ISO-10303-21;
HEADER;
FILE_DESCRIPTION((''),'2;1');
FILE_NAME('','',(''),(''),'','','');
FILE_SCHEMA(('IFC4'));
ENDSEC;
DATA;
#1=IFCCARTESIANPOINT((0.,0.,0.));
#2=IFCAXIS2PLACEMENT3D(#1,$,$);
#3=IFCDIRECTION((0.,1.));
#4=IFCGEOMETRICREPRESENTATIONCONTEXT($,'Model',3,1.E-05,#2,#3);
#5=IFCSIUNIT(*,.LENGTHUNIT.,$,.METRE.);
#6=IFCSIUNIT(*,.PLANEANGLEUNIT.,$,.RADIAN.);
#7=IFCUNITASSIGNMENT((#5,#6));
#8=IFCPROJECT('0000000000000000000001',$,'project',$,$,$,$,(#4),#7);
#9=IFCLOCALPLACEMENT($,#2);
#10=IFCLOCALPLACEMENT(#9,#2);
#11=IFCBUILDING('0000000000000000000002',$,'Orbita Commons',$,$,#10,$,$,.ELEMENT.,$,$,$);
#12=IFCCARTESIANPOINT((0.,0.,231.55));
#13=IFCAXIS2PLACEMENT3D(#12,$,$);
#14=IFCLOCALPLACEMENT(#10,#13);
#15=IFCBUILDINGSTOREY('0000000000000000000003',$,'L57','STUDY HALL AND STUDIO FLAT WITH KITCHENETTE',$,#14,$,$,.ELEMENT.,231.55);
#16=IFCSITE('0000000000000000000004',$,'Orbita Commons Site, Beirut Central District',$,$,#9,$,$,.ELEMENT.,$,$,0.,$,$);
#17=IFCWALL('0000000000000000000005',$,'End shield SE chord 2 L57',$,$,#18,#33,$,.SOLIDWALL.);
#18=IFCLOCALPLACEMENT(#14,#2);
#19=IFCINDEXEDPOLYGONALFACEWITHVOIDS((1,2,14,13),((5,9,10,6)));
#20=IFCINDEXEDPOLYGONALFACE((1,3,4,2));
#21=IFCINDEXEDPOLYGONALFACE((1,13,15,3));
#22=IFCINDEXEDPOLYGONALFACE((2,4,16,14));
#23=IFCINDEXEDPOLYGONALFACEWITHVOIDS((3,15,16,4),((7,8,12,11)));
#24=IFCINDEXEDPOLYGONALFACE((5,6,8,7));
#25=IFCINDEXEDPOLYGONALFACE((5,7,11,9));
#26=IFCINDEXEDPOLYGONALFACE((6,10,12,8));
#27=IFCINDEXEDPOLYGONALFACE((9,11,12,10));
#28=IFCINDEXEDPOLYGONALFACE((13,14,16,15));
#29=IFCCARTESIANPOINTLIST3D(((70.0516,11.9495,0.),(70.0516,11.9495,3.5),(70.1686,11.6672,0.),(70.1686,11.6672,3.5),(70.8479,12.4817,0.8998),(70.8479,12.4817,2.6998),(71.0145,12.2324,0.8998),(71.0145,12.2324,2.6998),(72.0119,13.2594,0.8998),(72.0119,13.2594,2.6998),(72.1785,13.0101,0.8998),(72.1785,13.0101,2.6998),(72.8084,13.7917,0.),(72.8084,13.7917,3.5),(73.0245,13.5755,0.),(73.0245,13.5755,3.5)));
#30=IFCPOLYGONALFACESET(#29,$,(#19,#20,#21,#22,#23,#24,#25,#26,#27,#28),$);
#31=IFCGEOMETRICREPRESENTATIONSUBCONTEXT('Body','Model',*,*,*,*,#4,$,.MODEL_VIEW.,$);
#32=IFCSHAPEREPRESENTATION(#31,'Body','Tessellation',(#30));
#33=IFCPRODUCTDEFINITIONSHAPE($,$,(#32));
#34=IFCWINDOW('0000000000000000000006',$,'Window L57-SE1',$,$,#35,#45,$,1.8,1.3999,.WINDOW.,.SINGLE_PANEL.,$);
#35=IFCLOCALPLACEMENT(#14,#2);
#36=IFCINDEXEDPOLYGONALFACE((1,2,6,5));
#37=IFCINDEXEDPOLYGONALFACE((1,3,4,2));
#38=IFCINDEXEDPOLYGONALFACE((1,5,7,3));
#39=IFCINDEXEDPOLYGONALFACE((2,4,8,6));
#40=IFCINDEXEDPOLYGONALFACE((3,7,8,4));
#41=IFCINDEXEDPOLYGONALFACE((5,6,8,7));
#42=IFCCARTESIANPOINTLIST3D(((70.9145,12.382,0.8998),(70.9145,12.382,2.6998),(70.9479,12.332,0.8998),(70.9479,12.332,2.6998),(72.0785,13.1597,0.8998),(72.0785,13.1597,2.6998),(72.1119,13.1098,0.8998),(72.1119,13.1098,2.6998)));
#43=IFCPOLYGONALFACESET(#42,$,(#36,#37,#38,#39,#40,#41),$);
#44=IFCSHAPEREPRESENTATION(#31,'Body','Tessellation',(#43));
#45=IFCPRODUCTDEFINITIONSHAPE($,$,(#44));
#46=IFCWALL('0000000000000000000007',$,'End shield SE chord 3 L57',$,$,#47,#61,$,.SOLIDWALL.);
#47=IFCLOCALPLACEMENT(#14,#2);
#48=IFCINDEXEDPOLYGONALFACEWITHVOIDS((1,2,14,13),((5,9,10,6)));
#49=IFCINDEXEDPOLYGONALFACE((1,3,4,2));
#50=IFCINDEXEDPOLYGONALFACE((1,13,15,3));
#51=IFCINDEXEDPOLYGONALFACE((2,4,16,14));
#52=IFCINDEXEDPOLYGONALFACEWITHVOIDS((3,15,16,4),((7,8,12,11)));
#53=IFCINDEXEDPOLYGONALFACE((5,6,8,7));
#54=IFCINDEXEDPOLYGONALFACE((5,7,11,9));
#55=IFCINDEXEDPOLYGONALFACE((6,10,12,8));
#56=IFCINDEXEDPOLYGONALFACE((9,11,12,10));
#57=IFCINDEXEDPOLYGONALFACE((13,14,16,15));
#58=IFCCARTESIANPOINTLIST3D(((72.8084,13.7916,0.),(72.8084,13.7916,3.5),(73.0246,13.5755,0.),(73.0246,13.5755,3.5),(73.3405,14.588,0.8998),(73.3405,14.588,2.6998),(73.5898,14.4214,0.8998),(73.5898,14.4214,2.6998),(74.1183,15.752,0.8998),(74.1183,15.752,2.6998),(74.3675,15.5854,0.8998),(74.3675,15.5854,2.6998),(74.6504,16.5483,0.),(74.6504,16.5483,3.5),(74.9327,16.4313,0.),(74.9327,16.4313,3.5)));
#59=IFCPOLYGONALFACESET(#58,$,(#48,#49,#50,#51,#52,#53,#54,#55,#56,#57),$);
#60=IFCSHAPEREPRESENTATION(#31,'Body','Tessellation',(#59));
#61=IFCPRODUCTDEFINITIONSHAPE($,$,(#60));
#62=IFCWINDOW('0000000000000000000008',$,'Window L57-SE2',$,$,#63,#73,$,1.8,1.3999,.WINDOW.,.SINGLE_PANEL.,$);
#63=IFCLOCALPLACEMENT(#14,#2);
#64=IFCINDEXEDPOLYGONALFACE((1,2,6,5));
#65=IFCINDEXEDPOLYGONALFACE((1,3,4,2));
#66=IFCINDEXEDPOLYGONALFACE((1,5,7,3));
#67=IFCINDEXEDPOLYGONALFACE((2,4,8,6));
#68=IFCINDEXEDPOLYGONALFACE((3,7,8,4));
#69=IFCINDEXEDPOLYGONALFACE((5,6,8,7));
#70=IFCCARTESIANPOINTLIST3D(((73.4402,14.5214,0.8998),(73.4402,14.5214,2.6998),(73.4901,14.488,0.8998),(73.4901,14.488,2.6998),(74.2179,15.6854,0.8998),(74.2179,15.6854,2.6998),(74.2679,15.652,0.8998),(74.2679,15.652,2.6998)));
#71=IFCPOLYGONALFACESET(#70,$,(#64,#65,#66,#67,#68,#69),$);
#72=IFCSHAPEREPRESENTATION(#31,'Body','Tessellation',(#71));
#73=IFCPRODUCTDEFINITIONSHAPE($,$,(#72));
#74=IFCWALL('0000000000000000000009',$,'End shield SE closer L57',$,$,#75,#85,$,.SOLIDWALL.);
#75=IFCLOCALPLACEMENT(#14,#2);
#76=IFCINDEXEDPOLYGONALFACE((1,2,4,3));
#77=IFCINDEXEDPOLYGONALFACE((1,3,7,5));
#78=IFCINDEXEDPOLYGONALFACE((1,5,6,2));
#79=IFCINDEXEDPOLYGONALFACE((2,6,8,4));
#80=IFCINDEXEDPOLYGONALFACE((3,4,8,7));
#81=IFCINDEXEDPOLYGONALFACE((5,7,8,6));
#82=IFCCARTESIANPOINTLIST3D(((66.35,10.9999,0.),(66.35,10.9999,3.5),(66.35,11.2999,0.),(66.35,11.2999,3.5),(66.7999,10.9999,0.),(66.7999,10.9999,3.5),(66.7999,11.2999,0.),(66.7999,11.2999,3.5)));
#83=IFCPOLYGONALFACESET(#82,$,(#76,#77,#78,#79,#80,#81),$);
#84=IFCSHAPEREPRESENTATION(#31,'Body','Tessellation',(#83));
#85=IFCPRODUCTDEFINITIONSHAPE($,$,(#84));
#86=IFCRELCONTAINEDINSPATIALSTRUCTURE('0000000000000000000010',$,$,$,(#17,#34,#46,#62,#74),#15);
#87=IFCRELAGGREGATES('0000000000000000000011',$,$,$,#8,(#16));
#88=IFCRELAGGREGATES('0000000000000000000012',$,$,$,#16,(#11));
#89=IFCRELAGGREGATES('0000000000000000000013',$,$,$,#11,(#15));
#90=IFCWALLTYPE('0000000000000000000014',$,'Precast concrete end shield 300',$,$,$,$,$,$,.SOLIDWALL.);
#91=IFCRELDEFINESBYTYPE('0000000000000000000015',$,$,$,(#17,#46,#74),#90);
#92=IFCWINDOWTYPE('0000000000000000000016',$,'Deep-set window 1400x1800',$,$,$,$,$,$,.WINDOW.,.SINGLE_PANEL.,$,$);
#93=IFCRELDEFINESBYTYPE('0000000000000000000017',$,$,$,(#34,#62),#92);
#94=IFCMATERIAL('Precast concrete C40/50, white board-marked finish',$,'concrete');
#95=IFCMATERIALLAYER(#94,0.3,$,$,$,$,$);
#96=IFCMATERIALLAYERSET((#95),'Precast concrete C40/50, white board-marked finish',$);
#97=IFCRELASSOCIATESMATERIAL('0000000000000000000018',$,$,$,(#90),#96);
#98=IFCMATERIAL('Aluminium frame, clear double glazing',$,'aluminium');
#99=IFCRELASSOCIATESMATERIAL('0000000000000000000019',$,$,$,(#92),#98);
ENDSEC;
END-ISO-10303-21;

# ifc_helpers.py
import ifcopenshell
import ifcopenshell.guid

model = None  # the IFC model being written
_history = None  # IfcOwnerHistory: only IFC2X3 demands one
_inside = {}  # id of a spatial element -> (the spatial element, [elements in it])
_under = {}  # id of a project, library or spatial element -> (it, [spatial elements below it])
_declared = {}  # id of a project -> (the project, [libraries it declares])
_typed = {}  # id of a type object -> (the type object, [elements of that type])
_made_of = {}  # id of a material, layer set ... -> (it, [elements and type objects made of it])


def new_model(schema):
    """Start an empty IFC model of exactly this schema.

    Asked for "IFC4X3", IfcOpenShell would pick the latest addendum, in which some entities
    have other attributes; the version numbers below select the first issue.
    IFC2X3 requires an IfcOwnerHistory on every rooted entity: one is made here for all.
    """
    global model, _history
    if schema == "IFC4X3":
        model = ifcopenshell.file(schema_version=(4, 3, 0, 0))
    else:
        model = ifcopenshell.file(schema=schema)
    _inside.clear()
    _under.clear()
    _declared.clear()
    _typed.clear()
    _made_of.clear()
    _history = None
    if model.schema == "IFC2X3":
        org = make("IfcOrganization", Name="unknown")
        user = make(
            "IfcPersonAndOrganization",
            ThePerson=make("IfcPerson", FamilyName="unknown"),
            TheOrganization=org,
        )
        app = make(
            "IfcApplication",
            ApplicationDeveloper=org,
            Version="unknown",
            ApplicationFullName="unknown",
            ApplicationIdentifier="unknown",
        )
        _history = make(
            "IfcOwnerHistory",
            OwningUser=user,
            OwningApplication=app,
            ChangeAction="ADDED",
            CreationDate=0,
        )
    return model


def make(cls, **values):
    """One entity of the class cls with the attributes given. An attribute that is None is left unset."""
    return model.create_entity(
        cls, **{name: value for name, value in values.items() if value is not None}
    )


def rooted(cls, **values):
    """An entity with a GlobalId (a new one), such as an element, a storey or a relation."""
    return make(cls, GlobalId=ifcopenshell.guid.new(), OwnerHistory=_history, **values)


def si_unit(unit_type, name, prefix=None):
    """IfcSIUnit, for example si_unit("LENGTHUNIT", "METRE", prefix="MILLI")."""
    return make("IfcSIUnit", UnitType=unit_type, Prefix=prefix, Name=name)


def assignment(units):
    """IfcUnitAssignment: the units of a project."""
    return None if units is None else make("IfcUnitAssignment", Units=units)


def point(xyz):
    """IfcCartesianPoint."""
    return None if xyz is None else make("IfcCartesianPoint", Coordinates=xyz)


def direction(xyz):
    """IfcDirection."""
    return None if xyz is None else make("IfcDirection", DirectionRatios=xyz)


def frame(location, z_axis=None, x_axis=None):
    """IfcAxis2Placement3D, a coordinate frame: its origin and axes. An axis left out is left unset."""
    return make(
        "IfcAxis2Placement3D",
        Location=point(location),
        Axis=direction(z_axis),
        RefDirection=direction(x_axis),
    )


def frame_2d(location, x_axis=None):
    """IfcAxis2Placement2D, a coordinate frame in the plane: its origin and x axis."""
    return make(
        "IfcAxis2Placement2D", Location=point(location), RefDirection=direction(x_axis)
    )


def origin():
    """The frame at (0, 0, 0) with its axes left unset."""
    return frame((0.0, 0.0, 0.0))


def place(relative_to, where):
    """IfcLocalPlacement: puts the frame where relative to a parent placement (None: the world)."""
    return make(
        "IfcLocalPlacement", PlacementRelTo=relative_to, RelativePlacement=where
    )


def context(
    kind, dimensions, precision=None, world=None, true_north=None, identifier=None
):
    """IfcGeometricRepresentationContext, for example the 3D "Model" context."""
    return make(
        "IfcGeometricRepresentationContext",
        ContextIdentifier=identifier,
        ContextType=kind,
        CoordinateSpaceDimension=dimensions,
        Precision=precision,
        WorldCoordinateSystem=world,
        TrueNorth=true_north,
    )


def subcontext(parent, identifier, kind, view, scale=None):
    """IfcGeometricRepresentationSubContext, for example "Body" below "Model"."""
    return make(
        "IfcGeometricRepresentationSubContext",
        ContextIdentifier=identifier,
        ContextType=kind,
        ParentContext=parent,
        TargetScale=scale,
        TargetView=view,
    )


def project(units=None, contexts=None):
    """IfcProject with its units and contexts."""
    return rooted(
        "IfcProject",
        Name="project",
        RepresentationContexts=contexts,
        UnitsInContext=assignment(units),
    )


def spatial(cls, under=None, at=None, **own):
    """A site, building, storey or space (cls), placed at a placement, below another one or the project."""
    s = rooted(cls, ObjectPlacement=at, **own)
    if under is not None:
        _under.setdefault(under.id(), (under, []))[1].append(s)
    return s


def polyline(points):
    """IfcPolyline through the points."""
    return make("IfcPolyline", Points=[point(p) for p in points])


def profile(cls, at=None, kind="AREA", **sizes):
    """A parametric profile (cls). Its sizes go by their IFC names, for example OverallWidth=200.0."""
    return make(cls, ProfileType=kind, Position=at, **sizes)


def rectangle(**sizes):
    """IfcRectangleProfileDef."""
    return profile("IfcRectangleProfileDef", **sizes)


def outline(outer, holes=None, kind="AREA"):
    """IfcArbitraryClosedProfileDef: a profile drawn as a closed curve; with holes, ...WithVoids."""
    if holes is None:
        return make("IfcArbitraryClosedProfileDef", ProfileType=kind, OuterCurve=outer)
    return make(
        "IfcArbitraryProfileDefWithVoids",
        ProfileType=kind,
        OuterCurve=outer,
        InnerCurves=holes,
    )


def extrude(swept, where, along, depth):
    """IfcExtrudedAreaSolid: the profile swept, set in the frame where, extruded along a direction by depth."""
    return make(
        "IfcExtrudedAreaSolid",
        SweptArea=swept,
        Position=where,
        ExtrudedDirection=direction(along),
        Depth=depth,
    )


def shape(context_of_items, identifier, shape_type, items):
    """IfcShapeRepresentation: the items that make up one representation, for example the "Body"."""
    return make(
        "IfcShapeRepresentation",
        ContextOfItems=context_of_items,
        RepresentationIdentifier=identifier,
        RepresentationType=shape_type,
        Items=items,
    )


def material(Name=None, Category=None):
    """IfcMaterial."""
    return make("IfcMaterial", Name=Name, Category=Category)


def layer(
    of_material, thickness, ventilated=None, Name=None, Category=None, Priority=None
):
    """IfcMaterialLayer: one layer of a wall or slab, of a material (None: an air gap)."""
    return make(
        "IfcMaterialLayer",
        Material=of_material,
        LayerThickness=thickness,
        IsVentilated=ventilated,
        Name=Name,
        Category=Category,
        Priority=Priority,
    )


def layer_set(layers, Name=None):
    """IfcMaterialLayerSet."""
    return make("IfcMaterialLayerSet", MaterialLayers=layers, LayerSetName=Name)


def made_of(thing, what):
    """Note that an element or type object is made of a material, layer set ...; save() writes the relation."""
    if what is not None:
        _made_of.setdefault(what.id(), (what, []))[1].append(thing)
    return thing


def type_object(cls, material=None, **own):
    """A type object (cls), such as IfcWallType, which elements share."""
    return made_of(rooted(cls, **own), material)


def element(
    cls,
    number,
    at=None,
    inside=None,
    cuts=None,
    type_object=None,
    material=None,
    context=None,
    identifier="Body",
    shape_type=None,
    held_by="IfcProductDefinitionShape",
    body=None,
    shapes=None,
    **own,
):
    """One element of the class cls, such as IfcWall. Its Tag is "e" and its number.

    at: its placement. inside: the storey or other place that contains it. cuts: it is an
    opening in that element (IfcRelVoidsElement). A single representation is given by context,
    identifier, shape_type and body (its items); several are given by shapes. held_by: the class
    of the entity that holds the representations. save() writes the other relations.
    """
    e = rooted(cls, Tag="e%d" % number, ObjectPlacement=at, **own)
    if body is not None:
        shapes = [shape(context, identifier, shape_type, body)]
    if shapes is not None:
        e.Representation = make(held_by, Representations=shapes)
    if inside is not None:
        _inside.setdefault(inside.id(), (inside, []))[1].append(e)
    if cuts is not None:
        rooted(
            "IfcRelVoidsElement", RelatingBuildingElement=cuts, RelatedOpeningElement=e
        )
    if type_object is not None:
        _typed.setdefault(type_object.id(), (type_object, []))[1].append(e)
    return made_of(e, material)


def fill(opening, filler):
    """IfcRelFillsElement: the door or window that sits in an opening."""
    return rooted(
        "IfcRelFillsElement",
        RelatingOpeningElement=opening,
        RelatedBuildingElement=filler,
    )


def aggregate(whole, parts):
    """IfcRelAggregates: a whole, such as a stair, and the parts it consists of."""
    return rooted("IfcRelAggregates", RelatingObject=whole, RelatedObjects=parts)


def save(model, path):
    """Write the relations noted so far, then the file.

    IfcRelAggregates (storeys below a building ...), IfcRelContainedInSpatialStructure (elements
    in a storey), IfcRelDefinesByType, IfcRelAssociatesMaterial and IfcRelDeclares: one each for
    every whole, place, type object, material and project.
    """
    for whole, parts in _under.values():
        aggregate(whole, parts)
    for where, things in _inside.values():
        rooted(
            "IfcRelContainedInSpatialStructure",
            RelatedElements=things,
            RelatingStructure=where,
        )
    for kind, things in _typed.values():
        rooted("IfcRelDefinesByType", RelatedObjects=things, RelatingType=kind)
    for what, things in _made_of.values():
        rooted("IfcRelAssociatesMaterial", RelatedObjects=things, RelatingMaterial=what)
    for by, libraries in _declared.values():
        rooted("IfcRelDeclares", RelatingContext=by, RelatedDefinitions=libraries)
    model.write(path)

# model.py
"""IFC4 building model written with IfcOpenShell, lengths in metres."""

from ifc_helpers import new_model, si_unit, direction, frame, frame_2d, origin, place, context, subcontext, project, spatial, polyline, rectangle, outline, extrude, material, layer, layer_set, type_object, element, fill, save


model = new_model("IFC4")

# Units and contexts
model_context = context("Model", 3, precision=1e-05, world=origin(), true_north=direction((0.0, 1.0)))
body_context = subcontext(model_context, "Body", "Model", "MODEL_VIEW")
ifc_project = project(units=[si_unit("LENGTHUNIT", "METRE"), si_unit("PLANEANGLEUNIT", "RADIAN")], contexts=[model_context])

# Site, building, storey
site_placement = place(None, origin())
site = spatial("IfcSite", under=ifc_project, at=site_placement, Name="Orbita Commons Site, Beirut Central District", CompositionType="ELEMENT", RefElevation=0.0)
building_placement = place(site_placement, origin())
building = spatial("IfcBuilding", under=site, at=building_placement, Name="Orbita Commons", CompositionType="ELEMENT")
storey_placement = place(building_placement, frame((0.0, 0.0, 231.55)))
storey = spatial("IfcBuildingStorey", under=building, at=storey_placement, Name="L57", Description="STUDY HALL AND STUDIO FLAT WITH KITCHENETTE", CompositionType="ELEMENT", Elevation=231.55)

# Walls, openings, windows
ifc_material_1 = material(Name="Precast concrete C40/50, white board-marked finish", Category="concrete")
ifc_layer_1 = layer(ifc_material_1, 0.3)
ifc_layer_set_1 = layer_set([ifc_layer_1], Name="Precast concrete C40/50, white board-marked finish")
wall_type_1 = type_object("IfcWallType", Name="Precast concrete end shield 300", PredefinedType="SOLIDWALL", material=ifc_layer_set_1)
ifc_material_2 = material(Name="Aluminium frame, clear double glazing", Category="aluminium")
window_type = type_object("IfcWindowType", Name="Deep-set window 1400x1800", PartitioningType="SINGLE_PANEL", PredefinedType="WINDOW", material=ifc_material_2)
wall_1_placement = place(storey_placement, frame((70.1101, 11.8083, 0.0), z_axis=(0.0, 0.0, 1.0), x_axis=(0.83146, 0.555585, 0.0)))
wall_1 = element("IfcWall", 1, at=wall_1_placement, inside=storey, type_object=wall_type_1, Name="End shield SE chord 2 L57", PredefinedType="SOLIDWALL", context=body_context, shape_type="SweptSolid", body=[
    extrude(outline(polyline([(-0.0298, -0.1499), (3.405, -0.1499), (3.3455, 0.1499), (0.0298, 0.1499), (-0.0298, -0.1499)])), origin(), (0.0, 0.0, 1.0), 3.5),
])
opening_1_placement = place(wall_1_placement, frame((0.9875, 0.0, 0.8999)))
opening_1 = element("IfcOpeningElement", 2, at=opening_1_placement, cuts=wall_1, PredefinedType="OPENING", context=body_context, shape_type="SweptSolid", body=[
    extrude(rectangle(XDim=1.3999, YDim=1.8, at=frame_2d((0.7, 0.8999))), frame((0.0, 0.1599, 0.0), z_axis=(0.0, -1.0, 0.0), x_axis=(1.0, 0.0, 0.0)), (0.0, 0.0, 1.0), 0.3201),
])
window_1_placement = place(opening_1_placement, origin())
window_1 = element("IfcWindow", 3, at=window_1_placement, inside=storey, type_object=window_type, Name="Window L57-SE1", OverallHeight=1.8, OverallWidth=1.3999, PartitioningType="SINGLE_PANEL", PredefinedType="WINDOW", context=body_context, shape_type="SweptSolid", body=[
    extrude(rectangle(XDim=1.3999, YDim=1.8, at=frame_2d((0.7, 0.8999))), frame((0.0, 0.03, 0.0), z_axis=(0.0, -1.0, 0.0), x_axis=(1.0, 0.0, 0.0)), (0.0, 0.0, 1.0), 0.0601),
])
fill(opening_1, window_1)
wall_2_placement = place(storey_placement, frame((72.9165, 13.6836, 0.0), z_axis=(0.0, 0.0, 1.0), x_axis=(0.555568, 0.831471, 0.0)))
wall_2 = element("IfcWall", 4, at=wall_2_placement, inside=storey, type_object=wall_type_1, Name="End shield SE chord 3 L57", PredefinedType="SOLIDWALL", context=body_context, shape_type="SweptSolid", body=[
    extrude(outline(polyline([(-0.0298, -0.1499), (3.4048, -0.1499), (3.3452, 0.1499), (0.0298, 0.1499), (-0.0298, -0.1499)])), origin(), (0.0, 0.0, 1.0), 3.5),
])
opening_2_placement = place(wall_2_placement, frame((0.9875, 0.0, 0.8999)))
opening_2 = element("IfcOpeningElement", 5, at=opening_2_placement, cuts=wall_2, PredefinedType="OPENING", context=body_context, shape_type="SweptSolid", body=[
    extrude(rectangle(XDim=1.3999, YDim=1.8, at=frame_2d((0.7, 0.8999))), frame((0.0, 0.1599, 0.0), z_axis=(0.0, -1.0, 0.0), x_axis=(1.0, 0.0, 0.0)), (0.0, 0.0, 1.0), 0.3201),
])
window_2_placement = place(opening_2_placement, origin())
window_2 = element("IfcWindow", 6, at=window_2_placement, inside=storey, type_object=window_type, Name="Window L57-SE2", OverallHeight=1.8, OverallWidth=1.3999, PartitioningType="SINGLE_PANEL", PredefinedType="WINDOW", context=body_context, shape_type="SweptSolid", body=[
    extrude(rectangle(XDim=1.3999, YDim=1.8, at=frame_2d((0.7, 0.8999))), frame((0.0, 0.03, 0.0), z_axis=(0.0, -1.0, 0.0), x_axis=(1.0, 0.0, 0.0)), (0.0, 0.0, 1.0), 0.0601),
])
fill(opening_2, window_2)

# Wall
wall_3_placement = place(storey_placement, frame((66.8, 11.1499, 0.0), z_axis=(0.0, 0.0, 1.0), x_axis=(-1.0, 0.0, 0.0)))
element("IfcWall", 7, at=wall_3_placement, inside=storey, type_object=wall_type_1, Name="End shield SE closer L57", PredefinedType="SOLIDWALL", context=body_context, shape_type="SweptSolid", body=[
    extrude(rectangle(XDim=0.45, YDim=0.3, at=frame_2d((0.2251, 0.0))), origin(), (0.0, 0.0, 1.0), 3.5),
])

save(model, "model.ifc")
